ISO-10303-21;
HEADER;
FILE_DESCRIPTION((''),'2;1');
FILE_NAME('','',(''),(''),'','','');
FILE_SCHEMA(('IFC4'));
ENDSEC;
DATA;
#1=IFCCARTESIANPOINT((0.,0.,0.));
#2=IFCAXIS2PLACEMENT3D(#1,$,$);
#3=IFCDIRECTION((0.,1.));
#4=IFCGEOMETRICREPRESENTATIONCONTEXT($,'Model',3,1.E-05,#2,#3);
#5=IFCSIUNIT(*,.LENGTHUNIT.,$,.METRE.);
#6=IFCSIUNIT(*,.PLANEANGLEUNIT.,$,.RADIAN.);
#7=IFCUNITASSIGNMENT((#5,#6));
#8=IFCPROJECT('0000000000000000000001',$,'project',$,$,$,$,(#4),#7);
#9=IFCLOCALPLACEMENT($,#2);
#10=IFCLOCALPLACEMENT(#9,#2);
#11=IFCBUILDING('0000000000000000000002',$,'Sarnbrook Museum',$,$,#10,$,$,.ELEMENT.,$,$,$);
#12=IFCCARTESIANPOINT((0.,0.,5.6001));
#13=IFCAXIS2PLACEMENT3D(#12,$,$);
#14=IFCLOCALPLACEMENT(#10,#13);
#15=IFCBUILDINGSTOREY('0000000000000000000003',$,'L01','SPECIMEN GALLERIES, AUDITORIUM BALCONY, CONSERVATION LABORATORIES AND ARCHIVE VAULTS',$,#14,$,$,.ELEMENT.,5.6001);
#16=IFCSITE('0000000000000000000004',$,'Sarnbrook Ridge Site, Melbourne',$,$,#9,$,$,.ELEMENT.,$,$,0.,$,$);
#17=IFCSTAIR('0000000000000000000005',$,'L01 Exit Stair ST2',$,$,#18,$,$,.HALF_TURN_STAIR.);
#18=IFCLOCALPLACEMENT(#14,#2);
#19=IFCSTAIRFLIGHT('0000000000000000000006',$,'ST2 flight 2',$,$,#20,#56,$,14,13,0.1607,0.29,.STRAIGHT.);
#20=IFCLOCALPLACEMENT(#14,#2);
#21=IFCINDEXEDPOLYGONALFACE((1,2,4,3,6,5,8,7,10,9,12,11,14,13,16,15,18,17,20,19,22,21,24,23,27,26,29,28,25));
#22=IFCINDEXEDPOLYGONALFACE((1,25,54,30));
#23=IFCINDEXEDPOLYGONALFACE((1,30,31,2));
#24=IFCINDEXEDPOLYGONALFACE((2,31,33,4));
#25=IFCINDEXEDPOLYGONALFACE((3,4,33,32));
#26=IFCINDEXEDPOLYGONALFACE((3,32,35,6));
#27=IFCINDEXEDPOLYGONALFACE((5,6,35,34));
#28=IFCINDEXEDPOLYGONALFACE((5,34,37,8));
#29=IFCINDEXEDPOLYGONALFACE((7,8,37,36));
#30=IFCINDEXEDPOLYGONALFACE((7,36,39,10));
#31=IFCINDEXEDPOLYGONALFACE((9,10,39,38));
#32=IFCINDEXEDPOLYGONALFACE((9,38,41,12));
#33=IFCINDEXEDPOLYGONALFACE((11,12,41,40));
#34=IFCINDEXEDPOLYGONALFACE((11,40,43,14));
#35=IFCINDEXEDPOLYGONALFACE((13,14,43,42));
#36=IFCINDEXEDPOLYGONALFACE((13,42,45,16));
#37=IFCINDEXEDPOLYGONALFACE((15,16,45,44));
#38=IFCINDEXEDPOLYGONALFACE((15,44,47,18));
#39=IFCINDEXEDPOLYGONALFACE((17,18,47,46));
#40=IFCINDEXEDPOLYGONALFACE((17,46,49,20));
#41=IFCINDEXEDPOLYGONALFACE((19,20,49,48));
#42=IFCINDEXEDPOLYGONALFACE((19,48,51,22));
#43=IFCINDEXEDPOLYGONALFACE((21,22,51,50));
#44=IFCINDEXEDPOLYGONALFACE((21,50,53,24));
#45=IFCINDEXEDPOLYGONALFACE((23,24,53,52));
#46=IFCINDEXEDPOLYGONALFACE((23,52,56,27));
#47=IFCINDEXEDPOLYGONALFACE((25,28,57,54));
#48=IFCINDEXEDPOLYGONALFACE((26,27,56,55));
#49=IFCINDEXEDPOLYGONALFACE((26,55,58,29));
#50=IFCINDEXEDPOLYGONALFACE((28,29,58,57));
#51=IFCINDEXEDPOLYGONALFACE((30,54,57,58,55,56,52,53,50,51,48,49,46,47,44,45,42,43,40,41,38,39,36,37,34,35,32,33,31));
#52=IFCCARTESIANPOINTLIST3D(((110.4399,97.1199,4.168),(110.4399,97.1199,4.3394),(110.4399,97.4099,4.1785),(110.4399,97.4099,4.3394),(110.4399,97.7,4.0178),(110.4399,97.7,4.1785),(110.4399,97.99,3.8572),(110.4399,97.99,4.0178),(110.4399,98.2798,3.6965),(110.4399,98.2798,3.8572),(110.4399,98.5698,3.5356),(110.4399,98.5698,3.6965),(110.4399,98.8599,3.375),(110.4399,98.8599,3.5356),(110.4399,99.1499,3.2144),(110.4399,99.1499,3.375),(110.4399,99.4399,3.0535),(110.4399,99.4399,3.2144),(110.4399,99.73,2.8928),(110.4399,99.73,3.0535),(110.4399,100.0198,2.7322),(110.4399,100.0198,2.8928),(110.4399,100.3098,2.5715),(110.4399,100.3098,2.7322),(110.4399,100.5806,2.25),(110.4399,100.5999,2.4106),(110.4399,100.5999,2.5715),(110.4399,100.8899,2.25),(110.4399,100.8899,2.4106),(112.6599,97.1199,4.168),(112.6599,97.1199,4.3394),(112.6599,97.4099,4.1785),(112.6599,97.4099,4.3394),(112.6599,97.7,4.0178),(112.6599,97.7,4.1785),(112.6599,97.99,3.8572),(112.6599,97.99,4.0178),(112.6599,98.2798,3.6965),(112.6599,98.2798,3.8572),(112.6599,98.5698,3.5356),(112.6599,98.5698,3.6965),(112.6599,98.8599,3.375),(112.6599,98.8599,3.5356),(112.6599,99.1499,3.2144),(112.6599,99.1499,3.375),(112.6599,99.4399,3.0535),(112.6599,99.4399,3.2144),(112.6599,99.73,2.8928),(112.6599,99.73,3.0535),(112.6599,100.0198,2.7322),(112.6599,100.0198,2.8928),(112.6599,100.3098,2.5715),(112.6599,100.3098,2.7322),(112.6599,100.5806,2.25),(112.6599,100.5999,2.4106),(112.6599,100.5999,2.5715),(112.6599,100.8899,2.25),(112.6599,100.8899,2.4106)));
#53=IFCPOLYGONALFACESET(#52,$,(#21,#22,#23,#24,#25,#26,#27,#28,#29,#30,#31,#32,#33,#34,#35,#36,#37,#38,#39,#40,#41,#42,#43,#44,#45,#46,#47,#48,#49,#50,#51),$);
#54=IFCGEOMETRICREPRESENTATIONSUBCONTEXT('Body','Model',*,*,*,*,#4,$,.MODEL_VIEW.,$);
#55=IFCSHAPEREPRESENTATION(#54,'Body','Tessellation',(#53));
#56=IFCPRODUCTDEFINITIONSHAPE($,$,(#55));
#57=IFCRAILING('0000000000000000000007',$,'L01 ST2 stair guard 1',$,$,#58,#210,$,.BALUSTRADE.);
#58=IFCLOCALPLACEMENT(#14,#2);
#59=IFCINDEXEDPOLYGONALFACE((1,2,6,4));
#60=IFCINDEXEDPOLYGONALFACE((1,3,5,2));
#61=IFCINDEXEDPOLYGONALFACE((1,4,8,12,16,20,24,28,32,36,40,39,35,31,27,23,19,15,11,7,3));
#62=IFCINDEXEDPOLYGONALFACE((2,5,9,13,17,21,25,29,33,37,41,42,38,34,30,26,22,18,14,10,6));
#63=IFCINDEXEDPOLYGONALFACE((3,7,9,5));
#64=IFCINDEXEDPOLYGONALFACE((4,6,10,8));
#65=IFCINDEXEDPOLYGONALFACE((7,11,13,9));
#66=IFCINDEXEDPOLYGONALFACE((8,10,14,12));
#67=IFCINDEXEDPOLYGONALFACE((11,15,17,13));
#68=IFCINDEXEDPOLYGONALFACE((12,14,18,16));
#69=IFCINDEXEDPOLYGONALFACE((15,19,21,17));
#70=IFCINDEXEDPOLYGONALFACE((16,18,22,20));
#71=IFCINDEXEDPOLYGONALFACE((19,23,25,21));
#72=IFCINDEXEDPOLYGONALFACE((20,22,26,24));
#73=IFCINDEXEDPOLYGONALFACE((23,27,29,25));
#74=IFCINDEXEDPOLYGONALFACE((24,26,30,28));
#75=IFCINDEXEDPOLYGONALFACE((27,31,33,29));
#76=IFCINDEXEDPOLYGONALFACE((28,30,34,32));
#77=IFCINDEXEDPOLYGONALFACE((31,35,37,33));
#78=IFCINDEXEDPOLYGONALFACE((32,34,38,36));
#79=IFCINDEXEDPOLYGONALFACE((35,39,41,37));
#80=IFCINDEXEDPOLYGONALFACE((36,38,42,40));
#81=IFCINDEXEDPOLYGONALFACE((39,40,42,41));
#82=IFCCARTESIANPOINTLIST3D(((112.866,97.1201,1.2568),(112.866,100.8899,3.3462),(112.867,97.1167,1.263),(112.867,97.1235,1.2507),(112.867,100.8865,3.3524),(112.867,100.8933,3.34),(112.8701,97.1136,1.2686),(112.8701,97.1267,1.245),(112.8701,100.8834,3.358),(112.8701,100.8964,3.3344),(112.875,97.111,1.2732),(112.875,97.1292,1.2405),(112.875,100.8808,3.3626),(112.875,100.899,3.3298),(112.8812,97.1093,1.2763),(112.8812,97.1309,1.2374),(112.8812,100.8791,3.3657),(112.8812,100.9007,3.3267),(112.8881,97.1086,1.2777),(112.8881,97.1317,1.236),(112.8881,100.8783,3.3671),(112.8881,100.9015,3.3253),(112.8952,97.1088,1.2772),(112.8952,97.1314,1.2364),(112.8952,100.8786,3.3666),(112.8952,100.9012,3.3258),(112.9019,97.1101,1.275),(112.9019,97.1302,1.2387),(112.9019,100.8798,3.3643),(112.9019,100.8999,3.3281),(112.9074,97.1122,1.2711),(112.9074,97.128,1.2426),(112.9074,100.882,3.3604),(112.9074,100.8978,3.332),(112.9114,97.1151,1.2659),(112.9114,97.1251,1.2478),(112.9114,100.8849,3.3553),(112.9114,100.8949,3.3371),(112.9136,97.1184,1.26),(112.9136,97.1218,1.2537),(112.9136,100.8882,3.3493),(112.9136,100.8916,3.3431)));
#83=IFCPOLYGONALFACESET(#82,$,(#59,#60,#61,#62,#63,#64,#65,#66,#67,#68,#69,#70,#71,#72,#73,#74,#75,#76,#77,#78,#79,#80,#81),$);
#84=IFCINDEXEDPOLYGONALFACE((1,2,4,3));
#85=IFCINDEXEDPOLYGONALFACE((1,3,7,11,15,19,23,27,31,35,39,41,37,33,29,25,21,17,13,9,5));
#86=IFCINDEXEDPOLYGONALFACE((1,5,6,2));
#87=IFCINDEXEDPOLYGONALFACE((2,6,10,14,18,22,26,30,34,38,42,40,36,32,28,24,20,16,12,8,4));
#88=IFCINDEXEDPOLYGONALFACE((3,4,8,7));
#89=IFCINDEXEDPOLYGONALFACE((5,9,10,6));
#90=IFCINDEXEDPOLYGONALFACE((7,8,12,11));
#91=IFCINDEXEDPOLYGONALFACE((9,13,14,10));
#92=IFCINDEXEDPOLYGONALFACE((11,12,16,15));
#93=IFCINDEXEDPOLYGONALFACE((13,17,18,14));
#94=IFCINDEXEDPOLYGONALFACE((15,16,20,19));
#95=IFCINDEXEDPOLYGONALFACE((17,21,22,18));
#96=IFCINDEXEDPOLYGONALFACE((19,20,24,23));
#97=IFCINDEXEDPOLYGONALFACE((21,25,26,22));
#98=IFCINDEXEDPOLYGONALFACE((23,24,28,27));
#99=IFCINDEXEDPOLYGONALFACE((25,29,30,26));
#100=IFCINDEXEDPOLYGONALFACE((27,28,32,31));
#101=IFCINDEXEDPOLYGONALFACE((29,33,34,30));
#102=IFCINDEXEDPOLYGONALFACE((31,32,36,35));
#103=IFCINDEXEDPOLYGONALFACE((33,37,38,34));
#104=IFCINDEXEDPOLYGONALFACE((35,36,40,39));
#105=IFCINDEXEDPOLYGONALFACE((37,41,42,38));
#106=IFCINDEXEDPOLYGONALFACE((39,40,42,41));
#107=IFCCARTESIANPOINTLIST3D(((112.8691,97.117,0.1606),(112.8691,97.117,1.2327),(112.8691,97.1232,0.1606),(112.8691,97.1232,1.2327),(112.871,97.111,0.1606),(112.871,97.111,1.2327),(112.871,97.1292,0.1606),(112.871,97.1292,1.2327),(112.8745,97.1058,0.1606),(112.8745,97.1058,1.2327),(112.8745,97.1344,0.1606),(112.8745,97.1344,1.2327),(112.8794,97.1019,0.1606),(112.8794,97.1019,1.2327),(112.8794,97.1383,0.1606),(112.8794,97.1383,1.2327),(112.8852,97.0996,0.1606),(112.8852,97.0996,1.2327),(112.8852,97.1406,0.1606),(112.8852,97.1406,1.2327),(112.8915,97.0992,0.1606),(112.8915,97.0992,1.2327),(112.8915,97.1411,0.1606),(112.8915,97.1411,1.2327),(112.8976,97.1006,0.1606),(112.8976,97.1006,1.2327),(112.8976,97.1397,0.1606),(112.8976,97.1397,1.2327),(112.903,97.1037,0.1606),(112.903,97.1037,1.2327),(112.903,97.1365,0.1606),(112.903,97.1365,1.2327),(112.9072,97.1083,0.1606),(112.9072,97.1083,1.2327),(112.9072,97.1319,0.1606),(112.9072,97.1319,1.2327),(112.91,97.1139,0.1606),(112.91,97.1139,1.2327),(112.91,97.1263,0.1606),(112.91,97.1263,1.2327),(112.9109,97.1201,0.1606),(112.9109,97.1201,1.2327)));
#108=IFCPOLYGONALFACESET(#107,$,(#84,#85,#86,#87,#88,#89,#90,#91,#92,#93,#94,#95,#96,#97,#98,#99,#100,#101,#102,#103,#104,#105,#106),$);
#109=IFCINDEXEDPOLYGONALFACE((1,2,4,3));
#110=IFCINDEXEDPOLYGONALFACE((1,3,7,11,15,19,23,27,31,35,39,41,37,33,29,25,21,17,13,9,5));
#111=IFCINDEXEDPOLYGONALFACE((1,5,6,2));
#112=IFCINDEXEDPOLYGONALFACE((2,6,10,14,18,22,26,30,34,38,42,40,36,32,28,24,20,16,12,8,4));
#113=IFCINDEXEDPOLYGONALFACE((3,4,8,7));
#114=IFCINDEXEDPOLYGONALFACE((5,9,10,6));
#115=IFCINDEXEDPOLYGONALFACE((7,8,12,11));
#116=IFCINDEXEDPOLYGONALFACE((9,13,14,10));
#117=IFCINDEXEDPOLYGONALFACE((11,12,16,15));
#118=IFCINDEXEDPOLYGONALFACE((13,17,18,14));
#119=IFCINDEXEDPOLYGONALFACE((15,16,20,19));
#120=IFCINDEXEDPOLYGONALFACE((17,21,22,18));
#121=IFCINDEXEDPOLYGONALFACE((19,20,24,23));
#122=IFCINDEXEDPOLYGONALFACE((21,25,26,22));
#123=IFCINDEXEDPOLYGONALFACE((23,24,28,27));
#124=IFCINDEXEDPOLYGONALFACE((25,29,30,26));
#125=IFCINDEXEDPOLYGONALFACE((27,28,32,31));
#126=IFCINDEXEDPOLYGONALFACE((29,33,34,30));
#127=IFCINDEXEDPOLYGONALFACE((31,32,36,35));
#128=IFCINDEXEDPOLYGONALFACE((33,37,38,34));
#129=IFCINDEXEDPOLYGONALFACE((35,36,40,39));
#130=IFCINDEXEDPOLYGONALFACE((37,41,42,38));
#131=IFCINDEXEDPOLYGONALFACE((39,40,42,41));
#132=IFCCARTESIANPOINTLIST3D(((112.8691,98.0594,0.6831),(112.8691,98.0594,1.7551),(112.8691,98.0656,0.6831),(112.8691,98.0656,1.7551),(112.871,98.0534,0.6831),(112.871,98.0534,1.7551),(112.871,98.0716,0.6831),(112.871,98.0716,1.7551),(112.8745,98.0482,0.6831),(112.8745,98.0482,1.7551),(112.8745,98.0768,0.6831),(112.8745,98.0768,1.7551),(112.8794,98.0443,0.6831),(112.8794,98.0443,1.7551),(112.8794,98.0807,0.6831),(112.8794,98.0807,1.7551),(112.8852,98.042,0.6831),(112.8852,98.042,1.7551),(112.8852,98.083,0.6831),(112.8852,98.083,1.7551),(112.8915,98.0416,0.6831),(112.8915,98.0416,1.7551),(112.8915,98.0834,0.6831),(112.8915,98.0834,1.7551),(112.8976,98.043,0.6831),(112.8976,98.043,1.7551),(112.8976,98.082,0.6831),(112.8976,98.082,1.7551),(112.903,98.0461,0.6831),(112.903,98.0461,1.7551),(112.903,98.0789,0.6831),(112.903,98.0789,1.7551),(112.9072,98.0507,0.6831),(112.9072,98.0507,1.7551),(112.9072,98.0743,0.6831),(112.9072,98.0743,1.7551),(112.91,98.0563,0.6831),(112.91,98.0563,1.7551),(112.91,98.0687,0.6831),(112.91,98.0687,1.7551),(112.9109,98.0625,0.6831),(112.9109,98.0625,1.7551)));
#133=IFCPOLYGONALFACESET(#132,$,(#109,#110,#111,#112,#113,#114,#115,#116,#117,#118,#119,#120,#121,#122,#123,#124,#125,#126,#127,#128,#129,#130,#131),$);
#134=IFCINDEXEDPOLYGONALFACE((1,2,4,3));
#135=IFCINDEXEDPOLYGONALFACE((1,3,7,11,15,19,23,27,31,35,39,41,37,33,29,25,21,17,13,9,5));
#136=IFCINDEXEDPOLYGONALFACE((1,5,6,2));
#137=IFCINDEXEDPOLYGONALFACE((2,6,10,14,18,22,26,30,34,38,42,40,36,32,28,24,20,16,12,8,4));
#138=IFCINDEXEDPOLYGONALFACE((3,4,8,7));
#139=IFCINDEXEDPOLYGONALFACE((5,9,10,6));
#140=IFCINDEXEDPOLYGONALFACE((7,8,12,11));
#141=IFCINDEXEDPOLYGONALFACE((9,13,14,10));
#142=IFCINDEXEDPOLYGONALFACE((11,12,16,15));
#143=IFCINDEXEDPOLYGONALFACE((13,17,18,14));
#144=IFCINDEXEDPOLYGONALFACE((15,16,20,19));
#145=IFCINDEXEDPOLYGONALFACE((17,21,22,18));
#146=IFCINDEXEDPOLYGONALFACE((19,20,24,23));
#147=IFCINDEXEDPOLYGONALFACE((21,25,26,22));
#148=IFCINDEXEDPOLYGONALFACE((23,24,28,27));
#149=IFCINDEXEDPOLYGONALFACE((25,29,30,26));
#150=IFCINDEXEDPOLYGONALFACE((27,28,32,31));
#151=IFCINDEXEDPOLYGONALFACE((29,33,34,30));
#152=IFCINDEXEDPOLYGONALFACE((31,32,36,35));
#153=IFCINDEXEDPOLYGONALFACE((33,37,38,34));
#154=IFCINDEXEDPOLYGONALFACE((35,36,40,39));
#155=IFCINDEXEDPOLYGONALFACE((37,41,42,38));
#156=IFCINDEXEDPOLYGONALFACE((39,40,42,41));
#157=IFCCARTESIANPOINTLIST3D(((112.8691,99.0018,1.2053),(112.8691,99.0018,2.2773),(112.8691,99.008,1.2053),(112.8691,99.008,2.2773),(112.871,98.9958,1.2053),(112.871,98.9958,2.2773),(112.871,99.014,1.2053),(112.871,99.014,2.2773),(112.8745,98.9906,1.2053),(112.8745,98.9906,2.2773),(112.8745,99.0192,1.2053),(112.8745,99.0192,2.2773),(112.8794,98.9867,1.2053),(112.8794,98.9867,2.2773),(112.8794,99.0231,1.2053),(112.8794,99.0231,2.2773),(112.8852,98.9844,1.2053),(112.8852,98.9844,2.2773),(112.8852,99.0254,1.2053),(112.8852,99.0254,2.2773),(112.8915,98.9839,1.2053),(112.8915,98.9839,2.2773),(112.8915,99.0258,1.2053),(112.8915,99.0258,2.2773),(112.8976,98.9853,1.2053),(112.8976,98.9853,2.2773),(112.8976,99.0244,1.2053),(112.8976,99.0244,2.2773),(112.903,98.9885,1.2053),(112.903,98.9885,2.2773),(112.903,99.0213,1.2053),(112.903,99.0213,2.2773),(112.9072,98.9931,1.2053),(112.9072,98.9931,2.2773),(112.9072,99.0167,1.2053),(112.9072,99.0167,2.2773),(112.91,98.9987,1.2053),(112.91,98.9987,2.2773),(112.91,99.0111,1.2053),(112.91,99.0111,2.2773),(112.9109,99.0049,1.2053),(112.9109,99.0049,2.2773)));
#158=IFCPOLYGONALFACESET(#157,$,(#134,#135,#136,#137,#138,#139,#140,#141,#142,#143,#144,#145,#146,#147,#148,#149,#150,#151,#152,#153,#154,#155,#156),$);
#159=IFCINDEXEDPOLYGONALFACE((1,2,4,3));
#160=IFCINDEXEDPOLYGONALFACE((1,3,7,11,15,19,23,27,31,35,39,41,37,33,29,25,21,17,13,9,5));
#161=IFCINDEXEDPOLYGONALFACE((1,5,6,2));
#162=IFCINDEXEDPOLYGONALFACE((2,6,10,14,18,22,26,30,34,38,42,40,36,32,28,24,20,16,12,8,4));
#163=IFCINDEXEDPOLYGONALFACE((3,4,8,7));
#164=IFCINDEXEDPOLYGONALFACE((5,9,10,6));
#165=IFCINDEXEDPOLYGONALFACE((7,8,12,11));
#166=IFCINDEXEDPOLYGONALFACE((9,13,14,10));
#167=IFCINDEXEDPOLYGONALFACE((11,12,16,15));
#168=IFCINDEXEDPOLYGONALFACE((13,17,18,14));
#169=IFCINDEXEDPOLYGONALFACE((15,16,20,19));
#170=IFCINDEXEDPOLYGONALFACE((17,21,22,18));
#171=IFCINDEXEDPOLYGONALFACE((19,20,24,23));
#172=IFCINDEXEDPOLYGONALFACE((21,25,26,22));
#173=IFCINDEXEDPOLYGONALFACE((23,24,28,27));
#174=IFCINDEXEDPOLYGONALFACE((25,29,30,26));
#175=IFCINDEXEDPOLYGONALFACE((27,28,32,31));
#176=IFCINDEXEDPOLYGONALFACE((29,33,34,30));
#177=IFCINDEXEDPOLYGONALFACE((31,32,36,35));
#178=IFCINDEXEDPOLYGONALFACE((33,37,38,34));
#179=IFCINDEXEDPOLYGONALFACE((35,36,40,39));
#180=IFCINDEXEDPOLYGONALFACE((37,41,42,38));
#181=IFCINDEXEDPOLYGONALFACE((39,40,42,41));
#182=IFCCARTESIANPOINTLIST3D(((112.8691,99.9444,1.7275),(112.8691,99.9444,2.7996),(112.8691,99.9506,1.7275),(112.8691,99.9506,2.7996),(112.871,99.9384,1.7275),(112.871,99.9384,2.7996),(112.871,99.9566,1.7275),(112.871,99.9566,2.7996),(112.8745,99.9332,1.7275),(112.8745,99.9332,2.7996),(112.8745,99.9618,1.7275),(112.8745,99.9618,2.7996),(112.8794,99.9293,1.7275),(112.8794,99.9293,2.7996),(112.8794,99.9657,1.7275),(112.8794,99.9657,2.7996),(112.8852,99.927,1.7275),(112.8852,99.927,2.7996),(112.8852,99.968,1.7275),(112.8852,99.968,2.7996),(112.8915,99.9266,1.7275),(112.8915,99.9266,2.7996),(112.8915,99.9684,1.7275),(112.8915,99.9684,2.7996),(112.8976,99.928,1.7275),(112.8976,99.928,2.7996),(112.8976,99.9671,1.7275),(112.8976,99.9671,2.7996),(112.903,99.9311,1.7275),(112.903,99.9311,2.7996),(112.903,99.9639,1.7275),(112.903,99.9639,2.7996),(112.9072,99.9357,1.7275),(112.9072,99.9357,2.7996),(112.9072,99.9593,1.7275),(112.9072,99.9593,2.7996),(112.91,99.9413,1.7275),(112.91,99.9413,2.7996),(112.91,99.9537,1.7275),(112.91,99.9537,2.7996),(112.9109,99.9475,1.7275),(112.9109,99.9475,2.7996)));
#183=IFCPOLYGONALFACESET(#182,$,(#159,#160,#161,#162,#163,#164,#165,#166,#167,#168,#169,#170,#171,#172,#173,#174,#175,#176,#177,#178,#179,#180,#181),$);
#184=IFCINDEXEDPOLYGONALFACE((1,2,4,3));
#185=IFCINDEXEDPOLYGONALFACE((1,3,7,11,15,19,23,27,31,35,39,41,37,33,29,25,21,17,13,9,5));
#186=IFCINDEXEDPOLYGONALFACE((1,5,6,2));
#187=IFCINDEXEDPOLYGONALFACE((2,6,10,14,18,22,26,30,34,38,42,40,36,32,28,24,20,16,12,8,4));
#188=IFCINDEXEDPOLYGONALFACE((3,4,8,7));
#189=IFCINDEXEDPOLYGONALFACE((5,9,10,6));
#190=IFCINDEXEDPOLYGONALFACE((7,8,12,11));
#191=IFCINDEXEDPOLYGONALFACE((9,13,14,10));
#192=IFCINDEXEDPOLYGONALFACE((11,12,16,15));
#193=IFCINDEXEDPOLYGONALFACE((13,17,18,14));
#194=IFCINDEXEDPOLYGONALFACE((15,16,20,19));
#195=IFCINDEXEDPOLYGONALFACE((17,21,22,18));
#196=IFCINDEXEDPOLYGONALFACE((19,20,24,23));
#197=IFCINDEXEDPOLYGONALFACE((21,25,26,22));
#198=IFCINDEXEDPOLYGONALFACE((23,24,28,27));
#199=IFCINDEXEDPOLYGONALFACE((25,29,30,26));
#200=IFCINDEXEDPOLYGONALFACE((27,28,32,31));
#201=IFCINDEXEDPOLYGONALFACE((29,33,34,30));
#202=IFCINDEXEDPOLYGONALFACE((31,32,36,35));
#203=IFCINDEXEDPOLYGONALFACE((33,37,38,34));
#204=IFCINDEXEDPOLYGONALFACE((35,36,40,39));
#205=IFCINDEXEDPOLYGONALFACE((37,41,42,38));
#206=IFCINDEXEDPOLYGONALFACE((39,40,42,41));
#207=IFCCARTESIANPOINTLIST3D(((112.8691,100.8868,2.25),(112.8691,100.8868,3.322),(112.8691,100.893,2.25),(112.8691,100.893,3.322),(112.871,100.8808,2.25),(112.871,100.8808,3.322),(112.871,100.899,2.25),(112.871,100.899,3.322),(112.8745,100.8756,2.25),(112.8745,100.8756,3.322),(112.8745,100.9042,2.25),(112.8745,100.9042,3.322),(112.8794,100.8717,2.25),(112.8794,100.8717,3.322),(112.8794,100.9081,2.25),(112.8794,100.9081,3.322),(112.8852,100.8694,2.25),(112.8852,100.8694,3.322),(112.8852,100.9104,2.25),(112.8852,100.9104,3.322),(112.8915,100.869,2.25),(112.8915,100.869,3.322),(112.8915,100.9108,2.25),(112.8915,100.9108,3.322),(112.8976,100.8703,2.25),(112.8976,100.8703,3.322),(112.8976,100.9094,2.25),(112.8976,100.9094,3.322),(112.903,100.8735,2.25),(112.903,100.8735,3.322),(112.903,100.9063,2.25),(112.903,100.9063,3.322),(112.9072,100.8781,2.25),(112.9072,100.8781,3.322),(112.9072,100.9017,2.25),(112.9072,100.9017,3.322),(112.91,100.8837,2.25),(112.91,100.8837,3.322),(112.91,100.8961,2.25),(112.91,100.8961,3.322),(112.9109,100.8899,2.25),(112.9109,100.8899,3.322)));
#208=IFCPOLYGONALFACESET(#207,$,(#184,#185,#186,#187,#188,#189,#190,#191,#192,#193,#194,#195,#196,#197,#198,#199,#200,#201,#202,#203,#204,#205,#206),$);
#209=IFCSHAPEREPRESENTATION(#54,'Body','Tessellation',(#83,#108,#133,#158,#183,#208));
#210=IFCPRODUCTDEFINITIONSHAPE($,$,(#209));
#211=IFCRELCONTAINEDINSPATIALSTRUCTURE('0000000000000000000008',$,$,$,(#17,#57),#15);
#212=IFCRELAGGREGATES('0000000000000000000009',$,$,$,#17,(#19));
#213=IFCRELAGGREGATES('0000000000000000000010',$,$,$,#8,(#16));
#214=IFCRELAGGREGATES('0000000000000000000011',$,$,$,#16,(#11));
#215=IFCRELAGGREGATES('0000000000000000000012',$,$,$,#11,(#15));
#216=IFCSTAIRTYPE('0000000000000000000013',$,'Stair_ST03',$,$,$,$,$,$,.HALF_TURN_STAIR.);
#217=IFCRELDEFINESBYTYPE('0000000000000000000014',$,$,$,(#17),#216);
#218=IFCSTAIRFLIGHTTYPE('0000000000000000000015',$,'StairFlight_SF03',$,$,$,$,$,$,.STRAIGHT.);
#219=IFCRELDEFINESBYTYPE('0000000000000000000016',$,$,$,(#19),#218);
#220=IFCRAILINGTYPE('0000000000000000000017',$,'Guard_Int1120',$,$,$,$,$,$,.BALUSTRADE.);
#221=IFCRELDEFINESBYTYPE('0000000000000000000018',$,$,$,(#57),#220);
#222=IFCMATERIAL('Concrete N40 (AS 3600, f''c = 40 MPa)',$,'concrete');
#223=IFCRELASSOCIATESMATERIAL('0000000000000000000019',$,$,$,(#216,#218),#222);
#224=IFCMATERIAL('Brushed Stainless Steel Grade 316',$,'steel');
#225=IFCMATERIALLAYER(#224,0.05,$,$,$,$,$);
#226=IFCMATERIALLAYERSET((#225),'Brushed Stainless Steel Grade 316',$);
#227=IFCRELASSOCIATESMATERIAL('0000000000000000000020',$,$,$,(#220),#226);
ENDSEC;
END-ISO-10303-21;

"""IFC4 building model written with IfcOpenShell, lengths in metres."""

from ifc_helpers import new_model, si_unit, direction, frame, origin, origin_2d, place, context, subcontext, project, spatial, polyline, circle, outline, extrude, material, layer, layer_set, type_object, element, aggregate, save


model = new_model("IFC4")

# Units and contexts
model_context = context("Model", 3, precision=1e-05, world=origin(), true_north=direction((0.0, 1.0)))
body_context = subcontext(model_context, "Body", "Model", "MODEL_VIEW")
ifc_project = project(units=[si_unit("LENGTHUNIT", "METRE"), si_unit("PLANEANGLEUNIT", "RADIAN")], contexts=[model_context])

# Site, building, storey
site_placement = place(None, origin())
site = spatial("IfcSite", under=ifc_project, at=site_placement, Name="Sarnbrook Ridge Site, Melbourne", CompositionType="ELEMENT", RefElevation=0.0)
building_placement = place(site_placement, origin())
building = spatial("IfcBuilding", under=site, at=building_placement, Name="Sarnbrook Museum", CompositionType="ELEMENT")
storey_placement = place(building_placement, frame((0.0, 0.0, 5.6001)))
storey = spatial("IfcBuildingStorey", under=building, at=storey_placement, Name="L01", Description="SPECIMEN GALLERIES, AUDITORIUM BALCONY, CONSERVATION LABORATORIES AND ARCHIVE VAULTS", CompositionType="ELEMENT", Elevation=5.6001)

# Shared definitions
ifc_material_1 = material(Name="Concrete N40 (AS 3600, f'c = 40 MPa)", Category="concrete")
ifc_material_2 = material(Name="Brushed Stainless Steel Grade 316", Category="steel")

# Stair, stair flight
stair_type = type_object("IfcStairType", Name="Stair_ST03", PredefinedType="HALF_TURN_STAIR", material=ifc_material_1)
stair_placement = place(storey_placement, origin())
stair = element("IfcStair", 1, at=stair_placement, inside=storey, type_object=stair_type, Name="L01 Exit Stair ST2", PredefinedType="HALF_TURN_STAIR")
stair_flight_type = type_object("IfcStairFlightType", Name="StairFlight_SF03", PredefinedType="STRAIGHT", material=ifc_material_1)
stair_flight_1_placement = place(storey_placement, frame((111.55, 100.8899, 2.25), z_axis=(0.0, 0.0, 1.0), x_axis=(0.0, -1.0, 0.0)))
stair_flight_1 = element("IfcStairFlight", 2, at=stair_flight_1_placement, type_object=stair_flight_type, Name="ST2 flight 2", NumberOfRisers=14, NumberOfTreads=13, PredefinedType="STRAIGHT", RiserHeight=0.1607, TreadLength=0.29, context=body_context, shape_type="SweptSolid", body=[
    extrude(outline(polyline([(0.0, 0.0), (0.0, 0.1606), (0.29, 0.1606), (0.29, 0.3215), (0.5801, 0.3215), (0.5801, 0.4822), (0.8701, 0.4822), (0.8701, 0.6428), (1.1599, 0.6428), (1.1599, 0.8035), (1.45, 0.8035), (1.45, 0.9644), (1.74, 0.9644), (1.74, 1.125), (2.03, 1.125), (2.03, 1.2856), (2.3201, 1.2856), (2.3201, 1.4465), (2.6101, 1.4465), (2.6101, 1.6072), (2.8999, 1.6072), (2.8999, 1.7678), (3.1899, 1.7678), (3.1899, 1.9285), (3.48, 1.9285), (3.48, 2.0894), (3.77, 2.0894), (3.77, 2.25), (3.77, 1.918), (0.3093, 0.0), (0.0, 0.0)])), frame((0.0, 1.1099, 0.0), z_axis=(0.0, -1.0, 0.0), x_axis=(1.0, 0.0, 0.0)), (0.0, 0.0, 1.0), 2.22),
])
aggregate(stair, [stair_flight_1])

# Railing
ifc_layer_1 = layer(ifc_material_2, 0.05)
ifc_layer_set_1 = layer_set([ifc_layer_1], Name="Brushed Stainless Steel Grade 316")
railing_type_1 = type_object("IfcRailingType", Name="Guard_Int1120", PredefinedType="BALUSTRADE", material=ifc_layer_set_1)
railing_1_placement = place(storey_placement, frame((112.8899, 97.1201, 0.1606)))
element("IfcRailing", 3, at=railing_1_placement, inside=storey, type_object=railing_type_1, Name="L01 ST2 stair guard 1", PredefinedType="BALUSTRADE", context=body_context, shape_type="SweptSolid", body=[
    extrude(circle(Radius=0.0239, at=origin_2d()), frame((0.0, 0.0, 1.0962), z_axis=(0.0, 0.874646, 0.484763), x_axis=(-1.0, 0.0, 0.0)), (0.0, 0.0, 1.0), 4.3101),
    extrude(circle(Radius=0.021, at=origin_2d()), origin(), (0.0, 0.0, 1.0), 1.072),
    extrude(circle(Radius=0.021, at=origin_2d()), frame((0.0, 0.9424, 0.5225)), (0.0, 0.0, 1.0), 1.072),
    extrude(circle(Radius=0.021, at=origin_2d()), frame((0.0, 1.8848, 1.0447)), (0.0, 0.0, 1.0), 1.072),
    extrude(circle(Radius=0.021, at=origin_2d()), frame((0.0, 2.8274, 1.5669)), (0.0, 0.0, 1.0), 1.072),
    extrude(circle(Radius=0.021, at=origin_2d()), frame((0.0, 3.7698, 2.0894)), (0.0, 0.0, 1.0), 1.072),
])

save(model, "model.ifc")
